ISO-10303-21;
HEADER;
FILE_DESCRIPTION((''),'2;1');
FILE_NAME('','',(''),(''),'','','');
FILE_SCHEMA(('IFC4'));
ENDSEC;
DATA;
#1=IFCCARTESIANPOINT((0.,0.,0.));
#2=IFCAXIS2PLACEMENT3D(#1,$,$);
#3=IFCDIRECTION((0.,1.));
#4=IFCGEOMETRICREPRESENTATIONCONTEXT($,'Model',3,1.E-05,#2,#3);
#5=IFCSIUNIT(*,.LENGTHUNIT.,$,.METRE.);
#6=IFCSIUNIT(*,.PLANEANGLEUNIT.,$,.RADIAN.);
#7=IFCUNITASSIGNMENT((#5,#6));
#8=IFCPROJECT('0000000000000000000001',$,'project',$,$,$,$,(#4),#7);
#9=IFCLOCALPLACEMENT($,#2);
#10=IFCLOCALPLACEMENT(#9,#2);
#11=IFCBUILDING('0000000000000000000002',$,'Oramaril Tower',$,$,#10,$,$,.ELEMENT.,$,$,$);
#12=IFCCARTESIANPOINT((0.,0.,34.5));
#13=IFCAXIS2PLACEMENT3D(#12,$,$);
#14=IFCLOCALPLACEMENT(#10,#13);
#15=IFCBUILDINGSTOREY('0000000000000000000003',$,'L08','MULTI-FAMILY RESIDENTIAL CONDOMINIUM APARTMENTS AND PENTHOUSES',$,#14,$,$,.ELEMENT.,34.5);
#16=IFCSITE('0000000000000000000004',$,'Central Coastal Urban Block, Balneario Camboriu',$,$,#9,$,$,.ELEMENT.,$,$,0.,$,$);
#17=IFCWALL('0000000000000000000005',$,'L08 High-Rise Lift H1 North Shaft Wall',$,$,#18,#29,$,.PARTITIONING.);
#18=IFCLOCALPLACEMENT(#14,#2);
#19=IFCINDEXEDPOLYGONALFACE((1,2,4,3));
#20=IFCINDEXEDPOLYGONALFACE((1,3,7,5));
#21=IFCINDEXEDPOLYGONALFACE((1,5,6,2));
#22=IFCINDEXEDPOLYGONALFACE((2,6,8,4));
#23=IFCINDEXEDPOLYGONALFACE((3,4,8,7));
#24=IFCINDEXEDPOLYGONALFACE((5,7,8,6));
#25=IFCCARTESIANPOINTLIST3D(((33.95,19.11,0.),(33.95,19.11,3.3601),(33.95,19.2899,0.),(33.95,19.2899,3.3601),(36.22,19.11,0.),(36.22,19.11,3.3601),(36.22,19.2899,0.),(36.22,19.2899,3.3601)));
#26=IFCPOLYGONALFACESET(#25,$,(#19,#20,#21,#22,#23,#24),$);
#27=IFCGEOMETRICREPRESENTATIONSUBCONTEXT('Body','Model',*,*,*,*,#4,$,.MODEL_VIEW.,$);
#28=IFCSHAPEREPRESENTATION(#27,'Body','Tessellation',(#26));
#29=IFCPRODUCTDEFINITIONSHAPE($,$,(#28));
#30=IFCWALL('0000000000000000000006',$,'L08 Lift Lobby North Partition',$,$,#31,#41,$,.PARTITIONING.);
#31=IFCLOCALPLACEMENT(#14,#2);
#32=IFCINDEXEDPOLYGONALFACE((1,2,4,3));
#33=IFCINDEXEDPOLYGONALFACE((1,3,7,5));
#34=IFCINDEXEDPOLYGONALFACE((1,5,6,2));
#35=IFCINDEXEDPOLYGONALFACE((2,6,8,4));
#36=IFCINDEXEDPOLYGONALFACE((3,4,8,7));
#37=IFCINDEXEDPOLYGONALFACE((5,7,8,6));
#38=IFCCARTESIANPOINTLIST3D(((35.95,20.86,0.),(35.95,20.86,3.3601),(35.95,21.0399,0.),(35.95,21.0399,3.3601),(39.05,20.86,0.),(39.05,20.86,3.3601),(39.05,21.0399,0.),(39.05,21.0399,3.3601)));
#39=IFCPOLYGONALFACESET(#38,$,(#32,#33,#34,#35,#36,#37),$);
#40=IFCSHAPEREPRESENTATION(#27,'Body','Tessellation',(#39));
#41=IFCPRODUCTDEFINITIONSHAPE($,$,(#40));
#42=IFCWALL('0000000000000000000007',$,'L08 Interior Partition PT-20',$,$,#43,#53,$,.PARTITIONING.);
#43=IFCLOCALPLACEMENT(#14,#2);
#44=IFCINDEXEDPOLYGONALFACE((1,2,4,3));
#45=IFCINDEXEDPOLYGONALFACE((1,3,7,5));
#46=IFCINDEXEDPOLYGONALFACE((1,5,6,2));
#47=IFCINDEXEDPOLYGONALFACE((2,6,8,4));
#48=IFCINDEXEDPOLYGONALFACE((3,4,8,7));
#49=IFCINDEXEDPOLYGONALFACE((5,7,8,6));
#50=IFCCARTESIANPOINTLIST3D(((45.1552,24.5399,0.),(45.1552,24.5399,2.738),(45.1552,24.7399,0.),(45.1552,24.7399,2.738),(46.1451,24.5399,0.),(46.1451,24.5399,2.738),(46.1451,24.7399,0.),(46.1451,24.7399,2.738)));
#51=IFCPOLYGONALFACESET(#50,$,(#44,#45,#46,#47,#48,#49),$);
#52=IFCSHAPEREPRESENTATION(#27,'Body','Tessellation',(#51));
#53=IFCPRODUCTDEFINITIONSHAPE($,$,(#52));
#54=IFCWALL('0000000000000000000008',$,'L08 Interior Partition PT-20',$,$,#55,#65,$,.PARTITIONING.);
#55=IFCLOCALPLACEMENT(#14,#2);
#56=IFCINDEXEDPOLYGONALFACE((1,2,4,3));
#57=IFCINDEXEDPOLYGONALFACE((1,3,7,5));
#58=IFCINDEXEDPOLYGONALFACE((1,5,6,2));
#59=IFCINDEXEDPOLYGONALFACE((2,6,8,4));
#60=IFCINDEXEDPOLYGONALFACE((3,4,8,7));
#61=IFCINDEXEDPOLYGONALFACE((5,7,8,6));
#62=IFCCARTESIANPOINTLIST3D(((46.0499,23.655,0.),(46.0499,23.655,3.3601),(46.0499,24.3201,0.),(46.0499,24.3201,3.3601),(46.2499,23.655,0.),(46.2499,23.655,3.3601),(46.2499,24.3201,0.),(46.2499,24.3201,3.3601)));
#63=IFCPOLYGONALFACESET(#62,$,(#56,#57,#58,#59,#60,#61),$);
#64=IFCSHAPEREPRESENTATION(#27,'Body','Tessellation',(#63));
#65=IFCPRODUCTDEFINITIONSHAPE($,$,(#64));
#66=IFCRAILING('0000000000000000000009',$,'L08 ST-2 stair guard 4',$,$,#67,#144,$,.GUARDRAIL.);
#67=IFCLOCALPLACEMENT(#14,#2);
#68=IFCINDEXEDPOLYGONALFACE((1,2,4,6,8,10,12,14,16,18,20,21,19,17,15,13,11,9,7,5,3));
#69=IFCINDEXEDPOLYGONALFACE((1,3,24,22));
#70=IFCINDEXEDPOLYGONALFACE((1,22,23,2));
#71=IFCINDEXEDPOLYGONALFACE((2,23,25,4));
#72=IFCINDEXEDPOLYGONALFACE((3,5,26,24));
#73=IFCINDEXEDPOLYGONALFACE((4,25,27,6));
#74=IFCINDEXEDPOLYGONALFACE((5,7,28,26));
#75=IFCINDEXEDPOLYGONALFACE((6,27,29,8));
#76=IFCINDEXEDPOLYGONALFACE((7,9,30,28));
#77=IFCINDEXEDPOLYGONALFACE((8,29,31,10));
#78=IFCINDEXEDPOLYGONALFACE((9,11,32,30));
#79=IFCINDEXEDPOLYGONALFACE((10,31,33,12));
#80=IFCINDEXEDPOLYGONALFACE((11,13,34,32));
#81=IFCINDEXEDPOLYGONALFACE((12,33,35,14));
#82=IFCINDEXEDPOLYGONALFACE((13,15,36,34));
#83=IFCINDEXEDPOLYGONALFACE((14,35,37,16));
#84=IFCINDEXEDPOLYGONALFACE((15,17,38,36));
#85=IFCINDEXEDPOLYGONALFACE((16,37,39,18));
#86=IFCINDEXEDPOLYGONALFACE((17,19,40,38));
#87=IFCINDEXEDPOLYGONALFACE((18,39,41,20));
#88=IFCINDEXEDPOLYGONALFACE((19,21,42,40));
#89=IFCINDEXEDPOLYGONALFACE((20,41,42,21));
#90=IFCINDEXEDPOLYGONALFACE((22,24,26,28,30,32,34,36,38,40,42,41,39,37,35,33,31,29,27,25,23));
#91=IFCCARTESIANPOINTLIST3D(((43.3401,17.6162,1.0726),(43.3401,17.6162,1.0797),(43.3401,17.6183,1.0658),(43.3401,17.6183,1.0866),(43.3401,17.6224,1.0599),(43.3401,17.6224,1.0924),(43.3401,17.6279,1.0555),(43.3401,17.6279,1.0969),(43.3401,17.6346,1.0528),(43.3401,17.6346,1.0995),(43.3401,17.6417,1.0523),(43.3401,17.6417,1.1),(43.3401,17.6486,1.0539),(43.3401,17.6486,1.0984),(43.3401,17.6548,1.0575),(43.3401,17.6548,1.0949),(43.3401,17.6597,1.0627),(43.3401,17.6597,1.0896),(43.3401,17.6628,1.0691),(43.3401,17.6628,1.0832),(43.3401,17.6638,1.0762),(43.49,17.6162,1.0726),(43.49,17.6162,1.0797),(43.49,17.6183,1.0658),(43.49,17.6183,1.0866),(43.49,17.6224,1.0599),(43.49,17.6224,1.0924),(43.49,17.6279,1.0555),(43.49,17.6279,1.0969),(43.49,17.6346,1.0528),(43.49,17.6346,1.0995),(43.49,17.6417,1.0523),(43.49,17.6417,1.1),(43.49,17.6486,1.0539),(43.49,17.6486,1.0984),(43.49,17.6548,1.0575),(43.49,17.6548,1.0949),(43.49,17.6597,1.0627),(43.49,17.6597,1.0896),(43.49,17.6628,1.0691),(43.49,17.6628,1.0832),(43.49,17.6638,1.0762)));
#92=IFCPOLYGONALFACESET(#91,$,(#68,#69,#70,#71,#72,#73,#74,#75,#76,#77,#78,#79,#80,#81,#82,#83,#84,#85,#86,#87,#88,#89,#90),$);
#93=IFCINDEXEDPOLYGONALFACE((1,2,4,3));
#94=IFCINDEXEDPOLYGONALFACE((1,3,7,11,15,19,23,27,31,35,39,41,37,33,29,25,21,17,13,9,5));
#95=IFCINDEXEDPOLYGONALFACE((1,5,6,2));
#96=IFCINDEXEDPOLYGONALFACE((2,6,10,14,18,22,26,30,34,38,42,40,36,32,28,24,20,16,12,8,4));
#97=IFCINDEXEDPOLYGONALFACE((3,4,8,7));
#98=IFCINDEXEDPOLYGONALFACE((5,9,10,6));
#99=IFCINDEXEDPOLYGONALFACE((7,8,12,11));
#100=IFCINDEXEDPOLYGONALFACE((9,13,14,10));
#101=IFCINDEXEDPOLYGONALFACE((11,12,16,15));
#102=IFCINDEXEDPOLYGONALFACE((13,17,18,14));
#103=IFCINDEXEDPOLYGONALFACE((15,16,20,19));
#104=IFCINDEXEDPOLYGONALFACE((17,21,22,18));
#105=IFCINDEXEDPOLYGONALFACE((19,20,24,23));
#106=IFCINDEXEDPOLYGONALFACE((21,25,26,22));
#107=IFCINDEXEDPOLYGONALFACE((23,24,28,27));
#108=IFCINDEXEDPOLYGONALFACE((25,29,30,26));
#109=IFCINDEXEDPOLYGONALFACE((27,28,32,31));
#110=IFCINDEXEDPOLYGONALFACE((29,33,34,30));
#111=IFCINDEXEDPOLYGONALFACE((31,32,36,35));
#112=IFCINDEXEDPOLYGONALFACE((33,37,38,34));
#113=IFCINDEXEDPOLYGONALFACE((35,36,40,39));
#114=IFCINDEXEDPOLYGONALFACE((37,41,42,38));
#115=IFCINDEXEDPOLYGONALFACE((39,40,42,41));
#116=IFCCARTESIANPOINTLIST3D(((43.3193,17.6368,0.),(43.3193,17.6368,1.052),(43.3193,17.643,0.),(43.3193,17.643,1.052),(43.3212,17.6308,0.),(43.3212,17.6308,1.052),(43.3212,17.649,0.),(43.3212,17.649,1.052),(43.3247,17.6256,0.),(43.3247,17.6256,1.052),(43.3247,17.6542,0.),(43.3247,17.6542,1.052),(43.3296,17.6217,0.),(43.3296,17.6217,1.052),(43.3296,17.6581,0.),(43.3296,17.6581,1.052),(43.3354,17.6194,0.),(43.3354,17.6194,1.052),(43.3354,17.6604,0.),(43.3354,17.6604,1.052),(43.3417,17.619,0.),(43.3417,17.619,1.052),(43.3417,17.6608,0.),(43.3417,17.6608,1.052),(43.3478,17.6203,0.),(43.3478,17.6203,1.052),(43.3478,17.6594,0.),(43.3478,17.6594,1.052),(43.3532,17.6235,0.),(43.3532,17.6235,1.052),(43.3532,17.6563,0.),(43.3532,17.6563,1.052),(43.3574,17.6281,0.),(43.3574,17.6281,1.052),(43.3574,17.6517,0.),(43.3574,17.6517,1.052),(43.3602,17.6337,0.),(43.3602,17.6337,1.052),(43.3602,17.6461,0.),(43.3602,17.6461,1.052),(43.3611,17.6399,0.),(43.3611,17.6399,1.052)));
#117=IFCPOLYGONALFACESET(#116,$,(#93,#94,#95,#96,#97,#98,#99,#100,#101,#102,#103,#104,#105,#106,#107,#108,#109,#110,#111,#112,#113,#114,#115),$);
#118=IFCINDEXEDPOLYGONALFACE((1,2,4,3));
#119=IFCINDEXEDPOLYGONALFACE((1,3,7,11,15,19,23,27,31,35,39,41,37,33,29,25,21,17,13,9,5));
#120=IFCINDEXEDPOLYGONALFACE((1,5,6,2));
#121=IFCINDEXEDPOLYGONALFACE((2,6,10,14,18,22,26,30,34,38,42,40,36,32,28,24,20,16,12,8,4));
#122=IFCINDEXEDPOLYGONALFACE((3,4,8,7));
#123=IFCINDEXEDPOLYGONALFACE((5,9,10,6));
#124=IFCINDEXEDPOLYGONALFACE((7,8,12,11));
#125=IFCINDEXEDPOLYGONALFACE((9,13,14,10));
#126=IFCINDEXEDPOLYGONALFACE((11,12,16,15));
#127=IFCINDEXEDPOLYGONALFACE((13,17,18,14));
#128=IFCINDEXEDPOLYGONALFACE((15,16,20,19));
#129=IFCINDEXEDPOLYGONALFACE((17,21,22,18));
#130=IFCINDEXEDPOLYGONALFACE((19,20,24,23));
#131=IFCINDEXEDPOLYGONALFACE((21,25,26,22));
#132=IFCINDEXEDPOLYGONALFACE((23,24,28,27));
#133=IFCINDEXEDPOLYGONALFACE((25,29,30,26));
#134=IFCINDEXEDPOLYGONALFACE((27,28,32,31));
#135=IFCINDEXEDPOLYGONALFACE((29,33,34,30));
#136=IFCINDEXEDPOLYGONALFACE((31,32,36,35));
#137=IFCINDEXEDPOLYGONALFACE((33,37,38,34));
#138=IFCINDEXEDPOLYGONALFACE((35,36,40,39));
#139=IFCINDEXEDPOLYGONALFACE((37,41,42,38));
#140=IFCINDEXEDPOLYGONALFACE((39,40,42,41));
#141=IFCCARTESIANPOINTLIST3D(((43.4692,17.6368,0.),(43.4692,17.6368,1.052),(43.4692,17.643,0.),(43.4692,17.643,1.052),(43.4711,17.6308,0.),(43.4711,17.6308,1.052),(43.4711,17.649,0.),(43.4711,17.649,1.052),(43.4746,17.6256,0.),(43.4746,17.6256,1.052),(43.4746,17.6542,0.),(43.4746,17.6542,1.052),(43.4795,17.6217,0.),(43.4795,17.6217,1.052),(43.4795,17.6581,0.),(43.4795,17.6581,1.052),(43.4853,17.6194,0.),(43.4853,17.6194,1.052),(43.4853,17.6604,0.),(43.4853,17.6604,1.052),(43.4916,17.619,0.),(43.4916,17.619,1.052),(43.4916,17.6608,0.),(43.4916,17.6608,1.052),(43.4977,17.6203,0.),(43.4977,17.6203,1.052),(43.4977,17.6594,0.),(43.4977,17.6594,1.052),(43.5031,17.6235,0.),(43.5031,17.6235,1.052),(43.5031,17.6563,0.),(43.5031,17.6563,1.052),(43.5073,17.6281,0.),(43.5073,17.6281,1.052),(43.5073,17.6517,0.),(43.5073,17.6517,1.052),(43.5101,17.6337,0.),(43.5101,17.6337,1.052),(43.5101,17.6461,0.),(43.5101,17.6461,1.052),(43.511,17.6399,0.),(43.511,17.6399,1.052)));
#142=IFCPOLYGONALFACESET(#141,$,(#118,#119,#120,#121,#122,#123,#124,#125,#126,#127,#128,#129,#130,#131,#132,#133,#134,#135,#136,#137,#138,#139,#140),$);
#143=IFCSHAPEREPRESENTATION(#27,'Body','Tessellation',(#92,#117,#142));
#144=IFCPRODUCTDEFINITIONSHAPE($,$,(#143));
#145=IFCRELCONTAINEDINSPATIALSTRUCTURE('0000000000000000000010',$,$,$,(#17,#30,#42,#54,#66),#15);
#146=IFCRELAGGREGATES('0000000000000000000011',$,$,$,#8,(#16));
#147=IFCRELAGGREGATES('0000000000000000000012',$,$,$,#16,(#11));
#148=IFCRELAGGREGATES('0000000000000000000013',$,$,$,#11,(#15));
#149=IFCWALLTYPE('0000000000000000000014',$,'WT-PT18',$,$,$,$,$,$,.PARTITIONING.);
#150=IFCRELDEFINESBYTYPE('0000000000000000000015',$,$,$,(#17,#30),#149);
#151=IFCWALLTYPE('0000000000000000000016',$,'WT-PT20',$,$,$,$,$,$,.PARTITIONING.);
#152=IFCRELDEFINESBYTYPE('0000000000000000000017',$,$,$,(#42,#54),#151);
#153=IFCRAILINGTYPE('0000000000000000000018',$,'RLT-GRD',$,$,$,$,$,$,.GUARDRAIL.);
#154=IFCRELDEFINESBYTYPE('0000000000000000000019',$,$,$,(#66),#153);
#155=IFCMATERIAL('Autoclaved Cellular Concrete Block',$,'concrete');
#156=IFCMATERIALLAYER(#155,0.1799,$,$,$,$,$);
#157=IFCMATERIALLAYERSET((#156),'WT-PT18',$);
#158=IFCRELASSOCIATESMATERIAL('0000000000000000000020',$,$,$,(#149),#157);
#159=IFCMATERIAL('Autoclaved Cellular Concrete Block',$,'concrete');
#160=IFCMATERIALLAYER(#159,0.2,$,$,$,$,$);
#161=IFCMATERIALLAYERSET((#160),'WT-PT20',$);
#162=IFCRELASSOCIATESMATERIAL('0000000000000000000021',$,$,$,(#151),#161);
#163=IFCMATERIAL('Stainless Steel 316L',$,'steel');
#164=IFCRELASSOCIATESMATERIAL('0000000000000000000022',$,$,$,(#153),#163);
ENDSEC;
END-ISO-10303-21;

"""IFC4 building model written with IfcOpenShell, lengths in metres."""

from ifc_helpers import new_model, si_unit, direction, frame, frame_2d, origin, origin_2d, place, context, subcontext, project, spatial, rectangle, circle, extrude, material, layer, layer_set, type_object, element, save


model = new_model("IFC4")

# Units and contexts
model_context = context("Model", 3, precision=1e-05, world=origin(), true_north=direction((0.0, 1.0)))
body_context = subcontext(model_context, "Body", "Model", "MODEL_VIEW")
ifc_project = project(units=[si_unit("LENGTHUNIT", "METRE"), si_unit("PLANEANGLEUNIT", "RADIAN")], contexts=[model_context])

# Site, building, storey
site_placement = place(None, origin())
site = spatial("IfcSite", under=ifc_project, at=site_placement, Name="Central Coastal Urban Block, Balneario Camboriu", CompositionType="ELEMENT", RefElevation=0.0)
building_placement = place(site_placement, origin())
building = spatial("IfcBuilding", under=site, at=building_placement, Name="Oramaril Tower", CompositionType="ELEMENT")
storey_placement = place(building_placement, frame((0.0, 0.0, 34.5)))
storey = spatial("IfcBuildingStorey", under=building, at=storey_placement, Name="L08", Description="MULTI-FAMILY RESIDENTIAL CONDOMINIUM APARTMENTS AND PENTHOUSES", CompositionType="ELEMENT", Elevation=34.5)

# Walls
ifc_material_1 = material(Name="Autoclaved Cellular Concrete Block", Category="concrete")
ifc_layer_1 = layer(ifc_material_1, 0.1799)
ifc_layer_set_1 = layer_set([ifc_layer_1], Name="WT-PT18")
wall_type_1 = type_object("IfcWallType", Name="WT-PT18", PredefinedType="PARTITIONING", material=ifc_layer_set_1)
wall_1_placement = place(storey_placement, frame((33.95, 19.2, 0.0), z_axis=(0.0, 0.0, 1.0), x_axis=(1.0, 0.0, 0.0)))
element("IfcWall", 1, at=wall_1_placement, inside=storey, type_object=wall_type_1, Name="L08 High-Rise Lift H1 North Shaft Wall", PredefinedType="PARTITIONING", context=body_context, shape_type="SweptSolid", body=[
    extrude(rectangle(XDim=2.27, YDim=0.1799, at=frame_2d((1.135, 0.0))), origin(), (0.0, 0.0, 1.0), 3.3601),
])
wall_2_placement = place(storey_placement, frame((35.95, 20.95, 0.0), z_axis=(0.0, 0.0, 1.0), x_axis=(1.0, 0.0, 0.0)))
element("IfcWall", 2, at=wall_2_placement, inside=storey, type_object=wall_type_1, Name="L08 Lift Lobby North Partition", PredefinedType="PARTITIONING", context=body_context, shape_type="SweptSolid", body=[
    extrude(rectangle(XDim=3.1001, YDim=0.1799, at=frame_2d((1.55, 0.0))), origin(), (0.0, 0.0, 1.0), 3.3601),
])
ifc_material_2 = material(Name="Autoclaved Cellular Concrete Block", Category="concrete")
ifc_layer_2 = layer(ifc_material_2, 0.2)
ifc_layer_set_2 = layer_set([ifc_layer_2], Name="WT-PT20")
wall_type_2 = type_object("IfcWallType", Name="WT-PT20", PredefinedType="PARTITIONING", material=ifc_layer_set_2)
wall_3_placement = place(storey_placement, frame((45.155, 24.6399, 0.0), z_axis=(0.0, 0.0, 1.0), x_axis=(1.0, 0.0, 0.0)))
element("IfcWall", 3, at=wall_3_placement, inside=storey, type_object=wall_type_2, Name="L08 Interior Partition PT-20", PredefinedType="PARTITIONING", context=body_context, shape_type="SweptSolid", body=[
    extrude(rectangle(XDim=0.99, YDim=0.2, at=frame_2d((0.4951, 0.0))), origin(), (0.0, 0.0, 1.0), 2.738),
])
wall_4_placement = place(storey_placement, frame((46.1499, 23.655, 0.0), z_axis=(0.0, 0.0, 1.0), x_axis=(0.0, 1.0, 0.0)))
element("IfcWall", 4, at=wall_4_placement, inside=storey, type_object=wall_type_2, Name="L08 Interior Partition PT-20", PredefinedType="PARTITIONING", context=body_context, shape_type="SweptSolid", body=[
    extrude(rectangle(XDim=0.665, YDim=0.2, at=frame_2d((0.3325, 0.0))), origin(), (0.0, 0.0, 1.0), 3.3601),
])

# Railing
ifc_material_3 = material(Name="Stainless Steel 316L", Category="steel")
railing_type = type_object("IfcRailingType", Name="RLT-GRD", PredefinedType="GUARDRAIL", material=ifc_material_3)
railing_placement = place(storey_placement, frame((43.3401, 17.6399, 0.0)))
element("IfcRailing", 5, at=railing_placement, inside=storey, type_object=railing_type, Name="L08 ST-2 stair guard 4", PredefinedType="GUARDRAIL", context=body_context, shape_type="SweptSolid", body=[
    extrude(circle(Radius=0.0239, at=origin_2d()), frame((0.0, 0.0, 1.0762), z_axis=(1.0, 0.0, 0.0), x_axis=(0.0, 1.0, 0.0)), (0.0, 0.0, 1.0), 0.1499),
    extrude(circle(Radius=0.021, at=origin_2d()), origin(), (0.0, 0.0, 1.0), 1.052),
    extrude(circle(Radius=0.021, at=origin_2d()), frame((0.1499, 0.0, 0.0)), (0.0, 0.0, 1.0), 1.052),
])

save(model, "model.ifc")
